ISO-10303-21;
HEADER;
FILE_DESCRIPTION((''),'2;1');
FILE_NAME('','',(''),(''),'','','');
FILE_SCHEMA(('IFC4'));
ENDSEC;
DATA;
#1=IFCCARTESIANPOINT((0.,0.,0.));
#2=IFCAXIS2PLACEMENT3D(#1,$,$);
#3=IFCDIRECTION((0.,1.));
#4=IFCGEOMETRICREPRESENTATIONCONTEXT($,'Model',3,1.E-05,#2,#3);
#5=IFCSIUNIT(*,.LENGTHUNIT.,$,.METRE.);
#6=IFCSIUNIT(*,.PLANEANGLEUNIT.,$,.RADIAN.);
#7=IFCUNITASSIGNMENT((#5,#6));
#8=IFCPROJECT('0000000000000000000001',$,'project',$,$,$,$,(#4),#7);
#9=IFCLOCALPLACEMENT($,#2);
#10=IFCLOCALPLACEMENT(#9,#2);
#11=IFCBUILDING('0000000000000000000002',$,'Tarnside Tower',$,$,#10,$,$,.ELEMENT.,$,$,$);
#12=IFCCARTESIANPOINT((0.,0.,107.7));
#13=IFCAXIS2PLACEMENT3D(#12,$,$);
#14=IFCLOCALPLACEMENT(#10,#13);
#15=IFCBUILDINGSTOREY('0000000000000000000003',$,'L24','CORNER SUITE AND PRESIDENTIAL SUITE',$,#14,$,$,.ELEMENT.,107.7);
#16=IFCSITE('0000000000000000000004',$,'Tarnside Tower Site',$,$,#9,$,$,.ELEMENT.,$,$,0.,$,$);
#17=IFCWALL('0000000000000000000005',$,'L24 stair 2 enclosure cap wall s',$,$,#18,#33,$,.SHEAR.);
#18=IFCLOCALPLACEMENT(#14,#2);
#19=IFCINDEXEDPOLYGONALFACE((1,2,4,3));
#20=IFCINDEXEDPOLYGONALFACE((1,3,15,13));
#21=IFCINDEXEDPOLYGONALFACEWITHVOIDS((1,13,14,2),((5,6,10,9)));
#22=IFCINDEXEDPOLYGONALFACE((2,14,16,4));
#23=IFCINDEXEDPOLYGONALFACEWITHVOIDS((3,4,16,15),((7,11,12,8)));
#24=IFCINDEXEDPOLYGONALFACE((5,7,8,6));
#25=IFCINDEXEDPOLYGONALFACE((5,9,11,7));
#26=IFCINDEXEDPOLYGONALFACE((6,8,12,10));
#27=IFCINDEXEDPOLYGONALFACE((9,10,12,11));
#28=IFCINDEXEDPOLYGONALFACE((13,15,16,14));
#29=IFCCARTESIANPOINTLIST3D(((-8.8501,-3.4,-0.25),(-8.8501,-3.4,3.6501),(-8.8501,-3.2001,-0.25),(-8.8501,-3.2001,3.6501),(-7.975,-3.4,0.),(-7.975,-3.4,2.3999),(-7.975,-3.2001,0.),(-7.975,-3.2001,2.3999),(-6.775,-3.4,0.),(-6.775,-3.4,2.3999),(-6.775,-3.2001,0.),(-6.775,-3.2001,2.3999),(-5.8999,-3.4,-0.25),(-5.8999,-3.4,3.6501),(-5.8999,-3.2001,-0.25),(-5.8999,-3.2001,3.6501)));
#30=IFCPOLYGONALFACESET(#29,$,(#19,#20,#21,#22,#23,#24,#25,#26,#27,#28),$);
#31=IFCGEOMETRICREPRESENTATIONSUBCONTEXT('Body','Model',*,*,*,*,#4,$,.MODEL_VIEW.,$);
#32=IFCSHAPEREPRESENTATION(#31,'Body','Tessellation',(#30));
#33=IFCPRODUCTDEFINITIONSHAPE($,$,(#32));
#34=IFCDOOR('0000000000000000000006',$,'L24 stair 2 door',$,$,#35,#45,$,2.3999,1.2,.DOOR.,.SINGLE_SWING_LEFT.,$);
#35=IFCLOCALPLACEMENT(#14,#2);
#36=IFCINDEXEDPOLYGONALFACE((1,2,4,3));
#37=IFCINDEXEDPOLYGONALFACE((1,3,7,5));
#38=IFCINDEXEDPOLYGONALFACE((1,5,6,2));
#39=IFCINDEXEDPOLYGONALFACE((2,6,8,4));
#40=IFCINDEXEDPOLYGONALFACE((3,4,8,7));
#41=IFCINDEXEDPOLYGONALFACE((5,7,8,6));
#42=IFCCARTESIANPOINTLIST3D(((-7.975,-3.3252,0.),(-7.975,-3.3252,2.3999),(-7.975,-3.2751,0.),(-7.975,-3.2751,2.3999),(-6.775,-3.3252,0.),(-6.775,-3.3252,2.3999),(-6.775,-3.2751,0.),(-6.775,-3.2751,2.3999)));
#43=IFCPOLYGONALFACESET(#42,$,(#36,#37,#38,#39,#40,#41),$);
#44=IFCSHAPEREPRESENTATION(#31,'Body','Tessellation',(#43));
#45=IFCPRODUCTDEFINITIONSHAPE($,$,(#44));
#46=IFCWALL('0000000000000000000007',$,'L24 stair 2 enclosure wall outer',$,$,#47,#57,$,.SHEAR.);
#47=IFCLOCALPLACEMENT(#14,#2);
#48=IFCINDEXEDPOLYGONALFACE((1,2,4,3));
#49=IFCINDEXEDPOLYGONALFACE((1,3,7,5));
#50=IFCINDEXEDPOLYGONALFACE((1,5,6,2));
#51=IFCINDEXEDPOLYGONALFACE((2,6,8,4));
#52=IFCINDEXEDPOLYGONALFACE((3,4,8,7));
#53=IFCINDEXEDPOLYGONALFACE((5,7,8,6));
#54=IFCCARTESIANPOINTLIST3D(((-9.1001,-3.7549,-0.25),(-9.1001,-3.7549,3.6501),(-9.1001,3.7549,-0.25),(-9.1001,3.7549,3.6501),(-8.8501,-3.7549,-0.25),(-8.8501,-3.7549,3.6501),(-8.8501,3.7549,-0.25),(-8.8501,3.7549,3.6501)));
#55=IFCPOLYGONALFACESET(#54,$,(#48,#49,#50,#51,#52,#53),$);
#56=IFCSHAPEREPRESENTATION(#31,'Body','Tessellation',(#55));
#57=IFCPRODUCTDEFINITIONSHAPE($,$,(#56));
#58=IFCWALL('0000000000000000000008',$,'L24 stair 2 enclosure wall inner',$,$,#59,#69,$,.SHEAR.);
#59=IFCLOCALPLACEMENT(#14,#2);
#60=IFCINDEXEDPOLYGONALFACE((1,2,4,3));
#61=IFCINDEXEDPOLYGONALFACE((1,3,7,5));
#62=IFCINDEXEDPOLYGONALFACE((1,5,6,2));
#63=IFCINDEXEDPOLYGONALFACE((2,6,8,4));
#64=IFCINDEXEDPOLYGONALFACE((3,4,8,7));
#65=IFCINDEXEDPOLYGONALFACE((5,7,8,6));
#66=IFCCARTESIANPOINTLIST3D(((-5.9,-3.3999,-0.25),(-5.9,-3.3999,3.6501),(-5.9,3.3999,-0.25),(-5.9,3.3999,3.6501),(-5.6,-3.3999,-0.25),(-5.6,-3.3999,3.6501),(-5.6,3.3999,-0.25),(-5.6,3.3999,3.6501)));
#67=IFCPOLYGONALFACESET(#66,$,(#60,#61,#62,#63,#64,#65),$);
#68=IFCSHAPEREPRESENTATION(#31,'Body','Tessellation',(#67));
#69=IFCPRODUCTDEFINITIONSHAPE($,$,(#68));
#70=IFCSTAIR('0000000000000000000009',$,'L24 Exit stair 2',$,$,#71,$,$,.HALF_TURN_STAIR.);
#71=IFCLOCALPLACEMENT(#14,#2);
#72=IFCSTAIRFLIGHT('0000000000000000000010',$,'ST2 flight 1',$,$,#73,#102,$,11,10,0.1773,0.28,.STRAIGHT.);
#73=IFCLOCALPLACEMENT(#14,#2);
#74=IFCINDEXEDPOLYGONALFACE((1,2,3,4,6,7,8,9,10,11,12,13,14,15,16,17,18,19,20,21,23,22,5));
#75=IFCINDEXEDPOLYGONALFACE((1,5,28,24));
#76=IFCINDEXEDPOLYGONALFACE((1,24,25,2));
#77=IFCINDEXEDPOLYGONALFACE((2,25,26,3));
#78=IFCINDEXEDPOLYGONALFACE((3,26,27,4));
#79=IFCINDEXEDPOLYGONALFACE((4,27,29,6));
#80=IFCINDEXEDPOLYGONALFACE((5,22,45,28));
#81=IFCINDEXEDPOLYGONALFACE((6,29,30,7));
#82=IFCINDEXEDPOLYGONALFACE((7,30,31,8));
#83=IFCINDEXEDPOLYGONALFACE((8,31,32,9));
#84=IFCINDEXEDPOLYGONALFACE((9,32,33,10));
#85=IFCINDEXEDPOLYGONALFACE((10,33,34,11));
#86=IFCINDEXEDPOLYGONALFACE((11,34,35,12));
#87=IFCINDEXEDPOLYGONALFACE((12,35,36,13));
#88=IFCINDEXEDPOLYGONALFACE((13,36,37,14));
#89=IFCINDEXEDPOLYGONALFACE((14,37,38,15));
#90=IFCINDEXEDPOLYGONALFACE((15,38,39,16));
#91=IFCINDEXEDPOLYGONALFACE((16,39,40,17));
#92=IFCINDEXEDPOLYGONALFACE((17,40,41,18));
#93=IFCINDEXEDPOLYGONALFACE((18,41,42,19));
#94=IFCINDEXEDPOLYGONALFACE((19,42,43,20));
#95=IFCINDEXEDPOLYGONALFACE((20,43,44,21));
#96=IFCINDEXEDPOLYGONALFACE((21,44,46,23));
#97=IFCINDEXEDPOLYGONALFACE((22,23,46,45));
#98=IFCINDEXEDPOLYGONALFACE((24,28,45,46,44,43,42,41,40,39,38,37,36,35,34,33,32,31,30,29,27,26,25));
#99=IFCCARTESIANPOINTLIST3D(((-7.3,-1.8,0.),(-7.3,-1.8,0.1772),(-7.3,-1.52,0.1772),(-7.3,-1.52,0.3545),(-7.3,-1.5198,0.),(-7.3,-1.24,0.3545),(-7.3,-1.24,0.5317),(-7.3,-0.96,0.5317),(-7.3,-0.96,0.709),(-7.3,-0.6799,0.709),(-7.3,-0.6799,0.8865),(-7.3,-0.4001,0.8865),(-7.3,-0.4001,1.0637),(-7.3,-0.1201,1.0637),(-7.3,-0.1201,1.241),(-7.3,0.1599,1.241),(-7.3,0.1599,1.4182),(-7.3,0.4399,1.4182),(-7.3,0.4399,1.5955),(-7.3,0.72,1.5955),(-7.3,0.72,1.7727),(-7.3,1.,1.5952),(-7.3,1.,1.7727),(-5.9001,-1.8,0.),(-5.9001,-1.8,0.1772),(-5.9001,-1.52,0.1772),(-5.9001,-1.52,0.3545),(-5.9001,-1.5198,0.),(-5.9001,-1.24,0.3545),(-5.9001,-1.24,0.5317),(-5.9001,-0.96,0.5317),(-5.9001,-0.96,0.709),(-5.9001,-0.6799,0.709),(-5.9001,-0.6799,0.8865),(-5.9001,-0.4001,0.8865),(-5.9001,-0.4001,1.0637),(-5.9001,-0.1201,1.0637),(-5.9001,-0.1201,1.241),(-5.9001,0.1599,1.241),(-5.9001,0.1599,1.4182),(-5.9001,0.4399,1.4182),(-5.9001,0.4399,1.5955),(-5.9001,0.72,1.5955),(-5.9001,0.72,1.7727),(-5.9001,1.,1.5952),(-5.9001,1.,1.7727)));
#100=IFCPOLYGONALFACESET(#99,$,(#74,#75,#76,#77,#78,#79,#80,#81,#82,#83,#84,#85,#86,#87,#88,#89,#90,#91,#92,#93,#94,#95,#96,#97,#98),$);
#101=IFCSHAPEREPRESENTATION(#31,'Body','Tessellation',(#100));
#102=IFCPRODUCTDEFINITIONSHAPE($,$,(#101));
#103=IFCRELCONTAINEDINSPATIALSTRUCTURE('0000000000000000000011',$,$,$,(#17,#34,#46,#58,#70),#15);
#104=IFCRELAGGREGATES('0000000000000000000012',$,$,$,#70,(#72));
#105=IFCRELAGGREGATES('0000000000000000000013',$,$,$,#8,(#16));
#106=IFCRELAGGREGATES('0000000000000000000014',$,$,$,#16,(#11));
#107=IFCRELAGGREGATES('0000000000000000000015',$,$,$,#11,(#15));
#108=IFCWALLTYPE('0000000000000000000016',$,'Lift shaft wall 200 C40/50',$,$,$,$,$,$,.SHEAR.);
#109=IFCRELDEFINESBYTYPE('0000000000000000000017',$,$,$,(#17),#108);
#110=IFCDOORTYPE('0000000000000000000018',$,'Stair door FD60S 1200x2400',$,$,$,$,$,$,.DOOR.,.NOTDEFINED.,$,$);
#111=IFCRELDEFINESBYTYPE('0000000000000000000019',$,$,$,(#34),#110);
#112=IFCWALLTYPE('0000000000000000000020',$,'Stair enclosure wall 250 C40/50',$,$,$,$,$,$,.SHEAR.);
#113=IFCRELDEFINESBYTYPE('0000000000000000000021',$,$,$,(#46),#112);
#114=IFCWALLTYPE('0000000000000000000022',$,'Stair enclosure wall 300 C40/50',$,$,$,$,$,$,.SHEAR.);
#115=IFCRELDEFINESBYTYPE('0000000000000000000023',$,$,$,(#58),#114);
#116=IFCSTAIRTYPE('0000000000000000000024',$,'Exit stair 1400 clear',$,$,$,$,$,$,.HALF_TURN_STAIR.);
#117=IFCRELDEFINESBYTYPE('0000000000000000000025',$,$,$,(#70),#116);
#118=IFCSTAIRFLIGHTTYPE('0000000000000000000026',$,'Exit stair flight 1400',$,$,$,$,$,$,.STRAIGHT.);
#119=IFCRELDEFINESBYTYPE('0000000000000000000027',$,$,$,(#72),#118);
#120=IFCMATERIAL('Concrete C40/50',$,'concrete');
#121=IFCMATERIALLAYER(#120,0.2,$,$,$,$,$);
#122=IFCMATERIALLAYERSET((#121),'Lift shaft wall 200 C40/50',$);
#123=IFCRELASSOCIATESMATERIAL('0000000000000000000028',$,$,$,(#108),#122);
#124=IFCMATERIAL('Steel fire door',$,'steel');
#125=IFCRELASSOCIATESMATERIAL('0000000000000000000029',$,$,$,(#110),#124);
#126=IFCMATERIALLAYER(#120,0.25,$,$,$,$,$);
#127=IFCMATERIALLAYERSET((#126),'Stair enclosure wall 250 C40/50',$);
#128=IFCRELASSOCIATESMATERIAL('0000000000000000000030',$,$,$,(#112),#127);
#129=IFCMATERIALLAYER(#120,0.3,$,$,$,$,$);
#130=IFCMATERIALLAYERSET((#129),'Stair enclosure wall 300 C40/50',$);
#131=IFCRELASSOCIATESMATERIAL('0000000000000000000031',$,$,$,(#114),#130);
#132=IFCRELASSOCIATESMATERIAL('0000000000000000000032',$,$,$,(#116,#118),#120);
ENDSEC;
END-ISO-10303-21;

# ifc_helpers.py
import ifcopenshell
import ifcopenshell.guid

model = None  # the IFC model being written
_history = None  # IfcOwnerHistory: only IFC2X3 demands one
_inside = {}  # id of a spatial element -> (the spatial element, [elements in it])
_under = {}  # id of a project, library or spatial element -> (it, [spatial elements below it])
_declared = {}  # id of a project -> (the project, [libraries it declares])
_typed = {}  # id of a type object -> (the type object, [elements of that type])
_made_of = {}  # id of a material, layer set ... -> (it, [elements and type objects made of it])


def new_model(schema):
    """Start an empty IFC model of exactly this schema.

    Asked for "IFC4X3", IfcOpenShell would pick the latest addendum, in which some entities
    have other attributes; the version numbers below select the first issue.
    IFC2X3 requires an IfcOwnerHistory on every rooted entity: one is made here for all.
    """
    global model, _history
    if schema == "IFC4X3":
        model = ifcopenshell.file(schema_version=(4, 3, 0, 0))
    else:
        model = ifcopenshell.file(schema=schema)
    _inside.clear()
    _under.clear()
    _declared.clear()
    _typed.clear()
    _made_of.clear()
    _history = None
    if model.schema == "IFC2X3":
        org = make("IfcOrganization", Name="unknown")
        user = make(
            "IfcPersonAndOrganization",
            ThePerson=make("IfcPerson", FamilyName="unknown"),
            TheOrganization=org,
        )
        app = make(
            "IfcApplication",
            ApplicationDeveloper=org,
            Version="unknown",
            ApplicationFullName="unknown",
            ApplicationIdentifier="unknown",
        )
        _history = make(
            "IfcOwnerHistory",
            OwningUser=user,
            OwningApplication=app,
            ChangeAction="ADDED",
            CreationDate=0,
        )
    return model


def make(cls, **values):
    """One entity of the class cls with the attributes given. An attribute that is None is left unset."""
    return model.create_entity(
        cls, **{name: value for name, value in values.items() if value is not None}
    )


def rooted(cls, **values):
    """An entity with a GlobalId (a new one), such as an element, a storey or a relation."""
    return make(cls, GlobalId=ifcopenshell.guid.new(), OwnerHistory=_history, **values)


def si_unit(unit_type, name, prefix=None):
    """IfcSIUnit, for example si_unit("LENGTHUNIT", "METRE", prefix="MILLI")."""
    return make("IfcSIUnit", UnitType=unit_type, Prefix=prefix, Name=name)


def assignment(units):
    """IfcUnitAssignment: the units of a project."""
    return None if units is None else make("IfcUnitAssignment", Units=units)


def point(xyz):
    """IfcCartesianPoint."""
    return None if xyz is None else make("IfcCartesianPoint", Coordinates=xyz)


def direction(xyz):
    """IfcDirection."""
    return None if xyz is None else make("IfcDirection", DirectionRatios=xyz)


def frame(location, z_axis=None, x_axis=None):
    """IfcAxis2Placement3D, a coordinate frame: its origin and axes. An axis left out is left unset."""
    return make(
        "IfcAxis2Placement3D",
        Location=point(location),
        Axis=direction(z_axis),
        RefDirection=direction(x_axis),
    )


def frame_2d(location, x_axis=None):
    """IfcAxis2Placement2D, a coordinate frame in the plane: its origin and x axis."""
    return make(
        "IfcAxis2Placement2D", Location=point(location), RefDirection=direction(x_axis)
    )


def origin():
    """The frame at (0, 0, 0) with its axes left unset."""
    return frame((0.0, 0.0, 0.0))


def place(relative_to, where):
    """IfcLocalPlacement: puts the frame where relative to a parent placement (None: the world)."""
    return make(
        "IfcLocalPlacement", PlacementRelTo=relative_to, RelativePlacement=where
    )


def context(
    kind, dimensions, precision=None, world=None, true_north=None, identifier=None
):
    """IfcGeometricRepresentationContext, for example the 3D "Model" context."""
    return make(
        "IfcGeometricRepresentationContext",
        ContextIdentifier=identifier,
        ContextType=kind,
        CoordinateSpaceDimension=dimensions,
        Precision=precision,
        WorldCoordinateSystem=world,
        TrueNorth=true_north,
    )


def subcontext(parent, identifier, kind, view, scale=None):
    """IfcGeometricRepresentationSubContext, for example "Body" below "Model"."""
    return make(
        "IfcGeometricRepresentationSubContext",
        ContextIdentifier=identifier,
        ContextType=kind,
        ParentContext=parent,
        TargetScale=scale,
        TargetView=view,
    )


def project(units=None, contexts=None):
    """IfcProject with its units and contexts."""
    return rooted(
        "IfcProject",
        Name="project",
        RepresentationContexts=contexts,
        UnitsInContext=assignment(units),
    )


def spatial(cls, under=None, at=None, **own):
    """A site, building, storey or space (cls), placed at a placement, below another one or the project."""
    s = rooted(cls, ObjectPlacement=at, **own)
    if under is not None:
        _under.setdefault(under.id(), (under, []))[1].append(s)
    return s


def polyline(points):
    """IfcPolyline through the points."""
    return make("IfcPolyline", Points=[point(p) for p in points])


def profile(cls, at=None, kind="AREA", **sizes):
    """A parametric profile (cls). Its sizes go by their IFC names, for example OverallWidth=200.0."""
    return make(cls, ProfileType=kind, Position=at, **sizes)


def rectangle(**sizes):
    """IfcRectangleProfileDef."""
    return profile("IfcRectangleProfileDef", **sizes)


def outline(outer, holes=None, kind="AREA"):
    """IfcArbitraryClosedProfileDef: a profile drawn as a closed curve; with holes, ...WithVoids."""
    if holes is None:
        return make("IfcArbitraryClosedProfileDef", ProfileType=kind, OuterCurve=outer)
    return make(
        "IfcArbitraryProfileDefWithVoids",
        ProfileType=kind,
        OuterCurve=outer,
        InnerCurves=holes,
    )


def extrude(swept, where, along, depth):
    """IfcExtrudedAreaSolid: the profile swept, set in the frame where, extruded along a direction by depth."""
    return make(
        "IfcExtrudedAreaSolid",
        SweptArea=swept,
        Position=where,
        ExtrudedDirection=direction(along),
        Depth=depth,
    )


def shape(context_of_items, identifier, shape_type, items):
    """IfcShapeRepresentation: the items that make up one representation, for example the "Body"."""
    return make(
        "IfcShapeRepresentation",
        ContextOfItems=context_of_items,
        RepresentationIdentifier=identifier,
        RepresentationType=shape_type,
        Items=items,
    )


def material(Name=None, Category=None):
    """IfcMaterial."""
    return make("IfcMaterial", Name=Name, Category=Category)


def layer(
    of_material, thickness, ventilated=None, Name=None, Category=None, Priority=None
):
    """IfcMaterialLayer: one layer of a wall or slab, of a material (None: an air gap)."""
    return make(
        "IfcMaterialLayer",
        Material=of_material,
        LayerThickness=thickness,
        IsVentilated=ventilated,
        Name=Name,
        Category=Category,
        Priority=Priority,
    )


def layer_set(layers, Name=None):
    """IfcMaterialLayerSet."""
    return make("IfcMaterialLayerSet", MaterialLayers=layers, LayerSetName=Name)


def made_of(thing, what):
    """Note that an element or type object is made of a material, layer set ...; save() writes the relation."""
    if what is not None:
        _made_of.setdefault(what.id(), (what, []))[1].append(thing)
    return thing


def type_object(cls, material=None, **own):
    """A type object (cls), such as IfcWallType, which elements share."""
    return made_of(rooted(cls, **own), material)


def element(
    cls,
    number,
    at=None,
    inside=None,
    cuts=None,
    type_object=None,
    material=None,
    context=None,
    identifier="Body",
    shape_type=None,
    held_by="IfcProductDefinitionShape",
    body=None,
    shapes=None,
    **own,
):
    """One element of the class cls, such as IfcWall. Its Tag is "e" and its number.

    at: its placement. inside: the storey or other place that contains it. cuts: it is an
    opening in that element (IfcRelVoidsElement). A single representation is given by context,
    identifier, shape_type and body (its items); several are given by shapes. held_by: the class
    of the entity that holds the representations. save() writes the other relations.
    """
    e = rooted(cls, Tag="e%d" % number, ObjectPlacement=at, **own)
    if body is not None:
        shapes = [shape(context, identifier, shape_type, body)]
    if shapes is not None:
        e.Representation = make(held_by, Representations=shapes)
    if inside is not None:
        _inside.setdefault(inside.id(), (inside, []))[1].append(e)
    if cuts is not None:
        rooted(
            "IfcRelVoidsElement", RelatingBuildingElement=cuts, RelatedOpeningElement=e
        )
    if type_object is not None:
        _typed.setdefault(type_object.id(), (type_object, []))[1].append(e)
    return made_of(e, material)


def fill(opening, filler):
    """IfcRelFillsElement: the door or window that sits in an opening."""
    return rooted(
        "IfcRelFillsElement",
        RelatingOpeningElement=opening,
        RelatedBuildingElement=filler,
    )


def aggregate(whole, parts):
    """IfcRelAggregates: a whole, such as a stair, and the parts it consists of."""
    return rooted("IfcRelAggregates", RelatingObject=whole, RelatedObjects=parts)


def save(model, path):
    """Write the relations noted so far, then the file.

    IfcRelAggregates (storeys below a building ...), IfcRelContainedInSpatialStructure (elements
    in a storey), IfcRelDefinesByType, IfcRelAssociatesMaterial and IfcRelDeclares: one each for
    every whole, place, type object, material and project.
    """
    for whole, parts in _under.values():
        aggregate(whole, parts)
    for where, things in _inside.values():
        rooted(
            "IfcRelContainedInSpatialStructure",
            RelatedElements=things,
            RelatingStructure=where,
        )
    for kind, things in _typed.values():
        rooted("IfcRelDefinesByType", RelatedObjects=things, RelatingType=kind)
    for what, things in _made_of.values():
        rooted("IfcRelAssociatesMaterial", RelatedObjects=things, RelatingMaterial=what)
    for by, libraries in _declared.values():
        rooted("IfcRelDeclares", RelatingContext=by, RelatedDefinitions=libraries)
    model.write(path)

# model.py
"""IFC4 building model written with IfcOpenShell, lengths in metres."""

from ifc_helpers import new_model, si_unit, direction, frame, frame_2d, origin, place, context, subcontext, project, spatial, polyline, rectangle, outline, extrude, material, layer, layer_set, type_object, element, fill, aggregate, save


model = new_model("IFC4")

# Units and contexts
model_context = context("Model", 3, precision=1e-05, world=origin(), true_north=direction((0.0, 1.0)))
body_context = subcontext(model_context, "Body", "Model", "MODEL_VIEW")
ifc_project = project(units=[si_unit("LENGTHUNIT", "METRE"), si_unit("PLANEANGLEUNIT", "RADIAN")], contexts=[model_context])

# Site, building, storey
site_placement = place(None, origin())
site = spatial("IfcSite", under=ifc_project, at=site_placement, Name="Tarnside Tower Site", CompositionType="ELEMENT", RefElevation=0.0)
building_placement = place(site_placement, origin())
building = spatial("IfcBuilding", under=site, at=building_placement, Name="Tarnside Tower", CompositionType="ELEMENT")
storey_placement = place(building_placement, frame((0.0, 0.0, 107.7)))
storey = spatial("IfcBuildingStorey", under=building, at=storey_placement, Name="L24", Description="CORNER SUITE AND PRESIDENTIAL SUITE", CompositionType="ELEMENT", Elevation=107.7)

# Shared definitions
ifc_material_1 = material(Name="Concrete C40/50", Category="concrete")

# Shared definitions
ifc_material_2 = material(Name="Steel fire door", Category="steel")

# Shared definitions
ifc_layer_1 = layer(ifc_material_1, 0.2)
ifc_layer_set_1 = layer_set([ifc_layer_1], Name="Lift shaft wall 200 C40/50")
wall_type_1 = type_object("IfcWallType", Name="Lift shaft wall 200 C40/50", PredefinedType="SHEAR", material=ifc_layer_set_1)

# Wall, opening, door
wall_1_placement = place(storey_placement, frame((-8.8501, -3.3, -0.25), z_axis=(0.0, 0.0, 1.0), x_axis=(1.0, 0.0, 0.0)))
wall_1 = element("IfcWall", 1, at=wall_1_placement, inside=storey, type_object=wall_type_1, Name="L24 stair 2 enclosure cap wall s", PredefinedType="SHEAR", context=body_context, shape_type="SweptSolid", body=[
    extrude(rectangle(XDim=2.9502, YDim=0.2, at=frame_2d((1.4751, 0.0))), origin(), (0.0, 0.0, 1.0), 3.9001),
])
opening_1_placement = place(wall_1_placement, frame((0.875, 0.0, 0.25)))
opening_1 = element("IfcOpeningElement", 2, at=opening_1_placement, cuts=wall_1, PredefinedType="OPENING", context=body_context, shape_type="SweptSolid", body=[
    extrude(rectangle(XDim=1.2, YDim=2.3999, at=frame_2d((0.6001, 1.2))), frame((0.0, 0.1099, 0.0), z_axis=(0.0, -1.0, 0.0), x_axis=(1.0, 0.0, 0.0)), (0.0, 0.0, 1.0), 0.22),
])
door_type_1 = type_object("IfcDoorType", Name="Stair door FD60S 1200x2400", OperationType="NOTDEFINED", PredefinedType="DOOR", material=ifc_material_2)
door_1_placement = place(opening_1_placement, origin())
door_1 = element("IfcDoor", 3, at=door_1_placement, inside=storey, type_object=door_type_1, Name="L24 stair 2 door", OperationType="SINGLE_SWING_LEFT", OverallHeight=2.3999, OverallWidth=1.2, PredefinedType="DOOR", context=body_context, shape_type="SweptSolid", body=[
    extrude(rectangle(XDim=1.2, YDim=2.3999, at=frame_2d((0.6001, 1.2))), frame((0.0, 0.0249, 0.0), z_axis=(0.0, -1.0, 0.0), x_axis=(1.0, 0.0, 0.0)), (0.0, 0.0, 1.0), 0.05),
])
fill(opening_1, door_1)

# Walls
ifc_layer_2 = layer(ifc_material_1, 0.25)
ifc_layer_set_2 = layer_set([ifc_layer_2], Name="Stair enclosure wall 250 C40/50")
wall_type_2 = type_object("IfcWallType", Name="Stair enclosure wall 250 C40/50", PredefinedType="SHEAR", material=ifc_layer_set_2)
wall_2_placement = place(storey_placement, frame((-8.9751, -3.7549, -0.25), z_axis=(0.0, 0.0, 1.0), x_axis=(0.0, 1.0, 0.0)))
element("IfcWall", 4, at=wall_2_placement, inside=storey, type_object=wall_type_2, Name="L24 stair 2 enclosure wall outer", PredefinedType="SHEAR", context=body_context, shape_type="SweptSolid", body=[
    extrude(rectangle(XDim=7.5098, YDim=0.25, at=frame_2d((3.7549, 0.0))), origin(), (0.0, 0.0, 1.0), 3.9001),
])
ifc_layer_3 = layer(ifc_material_1, 0.3)
ifc_layer_set_3 = layer_set([ifc_layer_3], Name="Stair enclosure wall 300 C40/50")
wall_type_3 = type_object("IfcWallType", Name="Stair enclosure wall 300 C40/50", PredefinedType="SHEAR", material=ifc_layer_set_3)
wall_3_placement = place(storey_placement, frame((-5.75, -3.3999, -0.25), z_axis=(0.0, 0.0, 1.0), x_axis=(0.0, 1.0, 0.0)))
element("IfcWall", 5, at=wall_3_placement, inside=storey, type_object=wall_type_3, Name="L24 stair 2 enclosure wall inner", PredefinedType="SHEAR", context=body_context, shape_type="SweptSolid", body=[
    extrude(rectangle(XDim=6.7998, YDim=0.3, at=frame_2d((3.3999, 0.0))), origin(), (0.0, 0.0, 1.0), 3.9001),
])

# Stair, stair flight
stair_type = type_object("IfcStairType", Name="Exit stair 1400 clear", PredefinedType="HALF_TURN_STAIR", material=ifc_material_1)
stair_placement = place(storey_placement, origin())
stair = element("IfcStair", 6, at=stair_placement, inside=storey, type_object=stair_type, Name="L24 Exit stair 2", PredefinedType="HALF_TURN_STAIR")
stair_flight_type = type_object("IfcStairFlightType", Name="Exit stair flight 1400", PredefinedType="STRAIGHT", material=ifc_material_1)
stair_flight_placement = place(storey_placement, frame((-6.6001, -1.8, 0.0), z_axis=(0.0, 0.0, 1.0), x_axis=(0.0, 1.0, 0.0)))
stair_flight = element("IfcStairFlight", 7, at=stair_flight_placement, type_object=stair_flight_type, Name="ST2 flight 1", NumberOfRisers=11, NumberOfTreads=10, PredefinedType="STRAIGHT", RiserHeight=0.1773, TreadLength=0.28, context=body_context, shape_type="SweptSolid", body=[
    extrude(outline(polyline([(0.0, 0.0), (0.0, 0.1772), (0.28, 0.1772), (0.28, 0.3545), (0.5601, 0.3545), (0.5601, 0.5317), (0.8401, 0.5317), (0.8401, 0.709), (1.1201, 0.709), (1.1201, 0.8865), (1.3999, 0.8865), (1.3999, 1.0637), (1.6799, 1.0637), (1.6799, 1.241), (1.96, 1.241), (1.96, 1.4182), (2.24, 1.4182), (2.24, 1.5955), (2.52, 1.5955), (2.52, 1.7727), (2.8, 1.7727), (2.8, 1.95), (2.8, 1.5952), (0.2803, 0.0), (0.0, 0.0)])), frame((0.0, 0.7, 0.0), z_axis=(0.0, -1.0, 0.0), x_axis=(1.0, 0.0, 0.0)), (0.0, 0.0, 1.0), 1.3999),
])
aggregate(stair, [stair_flight])

save(model, "model.ifc")
